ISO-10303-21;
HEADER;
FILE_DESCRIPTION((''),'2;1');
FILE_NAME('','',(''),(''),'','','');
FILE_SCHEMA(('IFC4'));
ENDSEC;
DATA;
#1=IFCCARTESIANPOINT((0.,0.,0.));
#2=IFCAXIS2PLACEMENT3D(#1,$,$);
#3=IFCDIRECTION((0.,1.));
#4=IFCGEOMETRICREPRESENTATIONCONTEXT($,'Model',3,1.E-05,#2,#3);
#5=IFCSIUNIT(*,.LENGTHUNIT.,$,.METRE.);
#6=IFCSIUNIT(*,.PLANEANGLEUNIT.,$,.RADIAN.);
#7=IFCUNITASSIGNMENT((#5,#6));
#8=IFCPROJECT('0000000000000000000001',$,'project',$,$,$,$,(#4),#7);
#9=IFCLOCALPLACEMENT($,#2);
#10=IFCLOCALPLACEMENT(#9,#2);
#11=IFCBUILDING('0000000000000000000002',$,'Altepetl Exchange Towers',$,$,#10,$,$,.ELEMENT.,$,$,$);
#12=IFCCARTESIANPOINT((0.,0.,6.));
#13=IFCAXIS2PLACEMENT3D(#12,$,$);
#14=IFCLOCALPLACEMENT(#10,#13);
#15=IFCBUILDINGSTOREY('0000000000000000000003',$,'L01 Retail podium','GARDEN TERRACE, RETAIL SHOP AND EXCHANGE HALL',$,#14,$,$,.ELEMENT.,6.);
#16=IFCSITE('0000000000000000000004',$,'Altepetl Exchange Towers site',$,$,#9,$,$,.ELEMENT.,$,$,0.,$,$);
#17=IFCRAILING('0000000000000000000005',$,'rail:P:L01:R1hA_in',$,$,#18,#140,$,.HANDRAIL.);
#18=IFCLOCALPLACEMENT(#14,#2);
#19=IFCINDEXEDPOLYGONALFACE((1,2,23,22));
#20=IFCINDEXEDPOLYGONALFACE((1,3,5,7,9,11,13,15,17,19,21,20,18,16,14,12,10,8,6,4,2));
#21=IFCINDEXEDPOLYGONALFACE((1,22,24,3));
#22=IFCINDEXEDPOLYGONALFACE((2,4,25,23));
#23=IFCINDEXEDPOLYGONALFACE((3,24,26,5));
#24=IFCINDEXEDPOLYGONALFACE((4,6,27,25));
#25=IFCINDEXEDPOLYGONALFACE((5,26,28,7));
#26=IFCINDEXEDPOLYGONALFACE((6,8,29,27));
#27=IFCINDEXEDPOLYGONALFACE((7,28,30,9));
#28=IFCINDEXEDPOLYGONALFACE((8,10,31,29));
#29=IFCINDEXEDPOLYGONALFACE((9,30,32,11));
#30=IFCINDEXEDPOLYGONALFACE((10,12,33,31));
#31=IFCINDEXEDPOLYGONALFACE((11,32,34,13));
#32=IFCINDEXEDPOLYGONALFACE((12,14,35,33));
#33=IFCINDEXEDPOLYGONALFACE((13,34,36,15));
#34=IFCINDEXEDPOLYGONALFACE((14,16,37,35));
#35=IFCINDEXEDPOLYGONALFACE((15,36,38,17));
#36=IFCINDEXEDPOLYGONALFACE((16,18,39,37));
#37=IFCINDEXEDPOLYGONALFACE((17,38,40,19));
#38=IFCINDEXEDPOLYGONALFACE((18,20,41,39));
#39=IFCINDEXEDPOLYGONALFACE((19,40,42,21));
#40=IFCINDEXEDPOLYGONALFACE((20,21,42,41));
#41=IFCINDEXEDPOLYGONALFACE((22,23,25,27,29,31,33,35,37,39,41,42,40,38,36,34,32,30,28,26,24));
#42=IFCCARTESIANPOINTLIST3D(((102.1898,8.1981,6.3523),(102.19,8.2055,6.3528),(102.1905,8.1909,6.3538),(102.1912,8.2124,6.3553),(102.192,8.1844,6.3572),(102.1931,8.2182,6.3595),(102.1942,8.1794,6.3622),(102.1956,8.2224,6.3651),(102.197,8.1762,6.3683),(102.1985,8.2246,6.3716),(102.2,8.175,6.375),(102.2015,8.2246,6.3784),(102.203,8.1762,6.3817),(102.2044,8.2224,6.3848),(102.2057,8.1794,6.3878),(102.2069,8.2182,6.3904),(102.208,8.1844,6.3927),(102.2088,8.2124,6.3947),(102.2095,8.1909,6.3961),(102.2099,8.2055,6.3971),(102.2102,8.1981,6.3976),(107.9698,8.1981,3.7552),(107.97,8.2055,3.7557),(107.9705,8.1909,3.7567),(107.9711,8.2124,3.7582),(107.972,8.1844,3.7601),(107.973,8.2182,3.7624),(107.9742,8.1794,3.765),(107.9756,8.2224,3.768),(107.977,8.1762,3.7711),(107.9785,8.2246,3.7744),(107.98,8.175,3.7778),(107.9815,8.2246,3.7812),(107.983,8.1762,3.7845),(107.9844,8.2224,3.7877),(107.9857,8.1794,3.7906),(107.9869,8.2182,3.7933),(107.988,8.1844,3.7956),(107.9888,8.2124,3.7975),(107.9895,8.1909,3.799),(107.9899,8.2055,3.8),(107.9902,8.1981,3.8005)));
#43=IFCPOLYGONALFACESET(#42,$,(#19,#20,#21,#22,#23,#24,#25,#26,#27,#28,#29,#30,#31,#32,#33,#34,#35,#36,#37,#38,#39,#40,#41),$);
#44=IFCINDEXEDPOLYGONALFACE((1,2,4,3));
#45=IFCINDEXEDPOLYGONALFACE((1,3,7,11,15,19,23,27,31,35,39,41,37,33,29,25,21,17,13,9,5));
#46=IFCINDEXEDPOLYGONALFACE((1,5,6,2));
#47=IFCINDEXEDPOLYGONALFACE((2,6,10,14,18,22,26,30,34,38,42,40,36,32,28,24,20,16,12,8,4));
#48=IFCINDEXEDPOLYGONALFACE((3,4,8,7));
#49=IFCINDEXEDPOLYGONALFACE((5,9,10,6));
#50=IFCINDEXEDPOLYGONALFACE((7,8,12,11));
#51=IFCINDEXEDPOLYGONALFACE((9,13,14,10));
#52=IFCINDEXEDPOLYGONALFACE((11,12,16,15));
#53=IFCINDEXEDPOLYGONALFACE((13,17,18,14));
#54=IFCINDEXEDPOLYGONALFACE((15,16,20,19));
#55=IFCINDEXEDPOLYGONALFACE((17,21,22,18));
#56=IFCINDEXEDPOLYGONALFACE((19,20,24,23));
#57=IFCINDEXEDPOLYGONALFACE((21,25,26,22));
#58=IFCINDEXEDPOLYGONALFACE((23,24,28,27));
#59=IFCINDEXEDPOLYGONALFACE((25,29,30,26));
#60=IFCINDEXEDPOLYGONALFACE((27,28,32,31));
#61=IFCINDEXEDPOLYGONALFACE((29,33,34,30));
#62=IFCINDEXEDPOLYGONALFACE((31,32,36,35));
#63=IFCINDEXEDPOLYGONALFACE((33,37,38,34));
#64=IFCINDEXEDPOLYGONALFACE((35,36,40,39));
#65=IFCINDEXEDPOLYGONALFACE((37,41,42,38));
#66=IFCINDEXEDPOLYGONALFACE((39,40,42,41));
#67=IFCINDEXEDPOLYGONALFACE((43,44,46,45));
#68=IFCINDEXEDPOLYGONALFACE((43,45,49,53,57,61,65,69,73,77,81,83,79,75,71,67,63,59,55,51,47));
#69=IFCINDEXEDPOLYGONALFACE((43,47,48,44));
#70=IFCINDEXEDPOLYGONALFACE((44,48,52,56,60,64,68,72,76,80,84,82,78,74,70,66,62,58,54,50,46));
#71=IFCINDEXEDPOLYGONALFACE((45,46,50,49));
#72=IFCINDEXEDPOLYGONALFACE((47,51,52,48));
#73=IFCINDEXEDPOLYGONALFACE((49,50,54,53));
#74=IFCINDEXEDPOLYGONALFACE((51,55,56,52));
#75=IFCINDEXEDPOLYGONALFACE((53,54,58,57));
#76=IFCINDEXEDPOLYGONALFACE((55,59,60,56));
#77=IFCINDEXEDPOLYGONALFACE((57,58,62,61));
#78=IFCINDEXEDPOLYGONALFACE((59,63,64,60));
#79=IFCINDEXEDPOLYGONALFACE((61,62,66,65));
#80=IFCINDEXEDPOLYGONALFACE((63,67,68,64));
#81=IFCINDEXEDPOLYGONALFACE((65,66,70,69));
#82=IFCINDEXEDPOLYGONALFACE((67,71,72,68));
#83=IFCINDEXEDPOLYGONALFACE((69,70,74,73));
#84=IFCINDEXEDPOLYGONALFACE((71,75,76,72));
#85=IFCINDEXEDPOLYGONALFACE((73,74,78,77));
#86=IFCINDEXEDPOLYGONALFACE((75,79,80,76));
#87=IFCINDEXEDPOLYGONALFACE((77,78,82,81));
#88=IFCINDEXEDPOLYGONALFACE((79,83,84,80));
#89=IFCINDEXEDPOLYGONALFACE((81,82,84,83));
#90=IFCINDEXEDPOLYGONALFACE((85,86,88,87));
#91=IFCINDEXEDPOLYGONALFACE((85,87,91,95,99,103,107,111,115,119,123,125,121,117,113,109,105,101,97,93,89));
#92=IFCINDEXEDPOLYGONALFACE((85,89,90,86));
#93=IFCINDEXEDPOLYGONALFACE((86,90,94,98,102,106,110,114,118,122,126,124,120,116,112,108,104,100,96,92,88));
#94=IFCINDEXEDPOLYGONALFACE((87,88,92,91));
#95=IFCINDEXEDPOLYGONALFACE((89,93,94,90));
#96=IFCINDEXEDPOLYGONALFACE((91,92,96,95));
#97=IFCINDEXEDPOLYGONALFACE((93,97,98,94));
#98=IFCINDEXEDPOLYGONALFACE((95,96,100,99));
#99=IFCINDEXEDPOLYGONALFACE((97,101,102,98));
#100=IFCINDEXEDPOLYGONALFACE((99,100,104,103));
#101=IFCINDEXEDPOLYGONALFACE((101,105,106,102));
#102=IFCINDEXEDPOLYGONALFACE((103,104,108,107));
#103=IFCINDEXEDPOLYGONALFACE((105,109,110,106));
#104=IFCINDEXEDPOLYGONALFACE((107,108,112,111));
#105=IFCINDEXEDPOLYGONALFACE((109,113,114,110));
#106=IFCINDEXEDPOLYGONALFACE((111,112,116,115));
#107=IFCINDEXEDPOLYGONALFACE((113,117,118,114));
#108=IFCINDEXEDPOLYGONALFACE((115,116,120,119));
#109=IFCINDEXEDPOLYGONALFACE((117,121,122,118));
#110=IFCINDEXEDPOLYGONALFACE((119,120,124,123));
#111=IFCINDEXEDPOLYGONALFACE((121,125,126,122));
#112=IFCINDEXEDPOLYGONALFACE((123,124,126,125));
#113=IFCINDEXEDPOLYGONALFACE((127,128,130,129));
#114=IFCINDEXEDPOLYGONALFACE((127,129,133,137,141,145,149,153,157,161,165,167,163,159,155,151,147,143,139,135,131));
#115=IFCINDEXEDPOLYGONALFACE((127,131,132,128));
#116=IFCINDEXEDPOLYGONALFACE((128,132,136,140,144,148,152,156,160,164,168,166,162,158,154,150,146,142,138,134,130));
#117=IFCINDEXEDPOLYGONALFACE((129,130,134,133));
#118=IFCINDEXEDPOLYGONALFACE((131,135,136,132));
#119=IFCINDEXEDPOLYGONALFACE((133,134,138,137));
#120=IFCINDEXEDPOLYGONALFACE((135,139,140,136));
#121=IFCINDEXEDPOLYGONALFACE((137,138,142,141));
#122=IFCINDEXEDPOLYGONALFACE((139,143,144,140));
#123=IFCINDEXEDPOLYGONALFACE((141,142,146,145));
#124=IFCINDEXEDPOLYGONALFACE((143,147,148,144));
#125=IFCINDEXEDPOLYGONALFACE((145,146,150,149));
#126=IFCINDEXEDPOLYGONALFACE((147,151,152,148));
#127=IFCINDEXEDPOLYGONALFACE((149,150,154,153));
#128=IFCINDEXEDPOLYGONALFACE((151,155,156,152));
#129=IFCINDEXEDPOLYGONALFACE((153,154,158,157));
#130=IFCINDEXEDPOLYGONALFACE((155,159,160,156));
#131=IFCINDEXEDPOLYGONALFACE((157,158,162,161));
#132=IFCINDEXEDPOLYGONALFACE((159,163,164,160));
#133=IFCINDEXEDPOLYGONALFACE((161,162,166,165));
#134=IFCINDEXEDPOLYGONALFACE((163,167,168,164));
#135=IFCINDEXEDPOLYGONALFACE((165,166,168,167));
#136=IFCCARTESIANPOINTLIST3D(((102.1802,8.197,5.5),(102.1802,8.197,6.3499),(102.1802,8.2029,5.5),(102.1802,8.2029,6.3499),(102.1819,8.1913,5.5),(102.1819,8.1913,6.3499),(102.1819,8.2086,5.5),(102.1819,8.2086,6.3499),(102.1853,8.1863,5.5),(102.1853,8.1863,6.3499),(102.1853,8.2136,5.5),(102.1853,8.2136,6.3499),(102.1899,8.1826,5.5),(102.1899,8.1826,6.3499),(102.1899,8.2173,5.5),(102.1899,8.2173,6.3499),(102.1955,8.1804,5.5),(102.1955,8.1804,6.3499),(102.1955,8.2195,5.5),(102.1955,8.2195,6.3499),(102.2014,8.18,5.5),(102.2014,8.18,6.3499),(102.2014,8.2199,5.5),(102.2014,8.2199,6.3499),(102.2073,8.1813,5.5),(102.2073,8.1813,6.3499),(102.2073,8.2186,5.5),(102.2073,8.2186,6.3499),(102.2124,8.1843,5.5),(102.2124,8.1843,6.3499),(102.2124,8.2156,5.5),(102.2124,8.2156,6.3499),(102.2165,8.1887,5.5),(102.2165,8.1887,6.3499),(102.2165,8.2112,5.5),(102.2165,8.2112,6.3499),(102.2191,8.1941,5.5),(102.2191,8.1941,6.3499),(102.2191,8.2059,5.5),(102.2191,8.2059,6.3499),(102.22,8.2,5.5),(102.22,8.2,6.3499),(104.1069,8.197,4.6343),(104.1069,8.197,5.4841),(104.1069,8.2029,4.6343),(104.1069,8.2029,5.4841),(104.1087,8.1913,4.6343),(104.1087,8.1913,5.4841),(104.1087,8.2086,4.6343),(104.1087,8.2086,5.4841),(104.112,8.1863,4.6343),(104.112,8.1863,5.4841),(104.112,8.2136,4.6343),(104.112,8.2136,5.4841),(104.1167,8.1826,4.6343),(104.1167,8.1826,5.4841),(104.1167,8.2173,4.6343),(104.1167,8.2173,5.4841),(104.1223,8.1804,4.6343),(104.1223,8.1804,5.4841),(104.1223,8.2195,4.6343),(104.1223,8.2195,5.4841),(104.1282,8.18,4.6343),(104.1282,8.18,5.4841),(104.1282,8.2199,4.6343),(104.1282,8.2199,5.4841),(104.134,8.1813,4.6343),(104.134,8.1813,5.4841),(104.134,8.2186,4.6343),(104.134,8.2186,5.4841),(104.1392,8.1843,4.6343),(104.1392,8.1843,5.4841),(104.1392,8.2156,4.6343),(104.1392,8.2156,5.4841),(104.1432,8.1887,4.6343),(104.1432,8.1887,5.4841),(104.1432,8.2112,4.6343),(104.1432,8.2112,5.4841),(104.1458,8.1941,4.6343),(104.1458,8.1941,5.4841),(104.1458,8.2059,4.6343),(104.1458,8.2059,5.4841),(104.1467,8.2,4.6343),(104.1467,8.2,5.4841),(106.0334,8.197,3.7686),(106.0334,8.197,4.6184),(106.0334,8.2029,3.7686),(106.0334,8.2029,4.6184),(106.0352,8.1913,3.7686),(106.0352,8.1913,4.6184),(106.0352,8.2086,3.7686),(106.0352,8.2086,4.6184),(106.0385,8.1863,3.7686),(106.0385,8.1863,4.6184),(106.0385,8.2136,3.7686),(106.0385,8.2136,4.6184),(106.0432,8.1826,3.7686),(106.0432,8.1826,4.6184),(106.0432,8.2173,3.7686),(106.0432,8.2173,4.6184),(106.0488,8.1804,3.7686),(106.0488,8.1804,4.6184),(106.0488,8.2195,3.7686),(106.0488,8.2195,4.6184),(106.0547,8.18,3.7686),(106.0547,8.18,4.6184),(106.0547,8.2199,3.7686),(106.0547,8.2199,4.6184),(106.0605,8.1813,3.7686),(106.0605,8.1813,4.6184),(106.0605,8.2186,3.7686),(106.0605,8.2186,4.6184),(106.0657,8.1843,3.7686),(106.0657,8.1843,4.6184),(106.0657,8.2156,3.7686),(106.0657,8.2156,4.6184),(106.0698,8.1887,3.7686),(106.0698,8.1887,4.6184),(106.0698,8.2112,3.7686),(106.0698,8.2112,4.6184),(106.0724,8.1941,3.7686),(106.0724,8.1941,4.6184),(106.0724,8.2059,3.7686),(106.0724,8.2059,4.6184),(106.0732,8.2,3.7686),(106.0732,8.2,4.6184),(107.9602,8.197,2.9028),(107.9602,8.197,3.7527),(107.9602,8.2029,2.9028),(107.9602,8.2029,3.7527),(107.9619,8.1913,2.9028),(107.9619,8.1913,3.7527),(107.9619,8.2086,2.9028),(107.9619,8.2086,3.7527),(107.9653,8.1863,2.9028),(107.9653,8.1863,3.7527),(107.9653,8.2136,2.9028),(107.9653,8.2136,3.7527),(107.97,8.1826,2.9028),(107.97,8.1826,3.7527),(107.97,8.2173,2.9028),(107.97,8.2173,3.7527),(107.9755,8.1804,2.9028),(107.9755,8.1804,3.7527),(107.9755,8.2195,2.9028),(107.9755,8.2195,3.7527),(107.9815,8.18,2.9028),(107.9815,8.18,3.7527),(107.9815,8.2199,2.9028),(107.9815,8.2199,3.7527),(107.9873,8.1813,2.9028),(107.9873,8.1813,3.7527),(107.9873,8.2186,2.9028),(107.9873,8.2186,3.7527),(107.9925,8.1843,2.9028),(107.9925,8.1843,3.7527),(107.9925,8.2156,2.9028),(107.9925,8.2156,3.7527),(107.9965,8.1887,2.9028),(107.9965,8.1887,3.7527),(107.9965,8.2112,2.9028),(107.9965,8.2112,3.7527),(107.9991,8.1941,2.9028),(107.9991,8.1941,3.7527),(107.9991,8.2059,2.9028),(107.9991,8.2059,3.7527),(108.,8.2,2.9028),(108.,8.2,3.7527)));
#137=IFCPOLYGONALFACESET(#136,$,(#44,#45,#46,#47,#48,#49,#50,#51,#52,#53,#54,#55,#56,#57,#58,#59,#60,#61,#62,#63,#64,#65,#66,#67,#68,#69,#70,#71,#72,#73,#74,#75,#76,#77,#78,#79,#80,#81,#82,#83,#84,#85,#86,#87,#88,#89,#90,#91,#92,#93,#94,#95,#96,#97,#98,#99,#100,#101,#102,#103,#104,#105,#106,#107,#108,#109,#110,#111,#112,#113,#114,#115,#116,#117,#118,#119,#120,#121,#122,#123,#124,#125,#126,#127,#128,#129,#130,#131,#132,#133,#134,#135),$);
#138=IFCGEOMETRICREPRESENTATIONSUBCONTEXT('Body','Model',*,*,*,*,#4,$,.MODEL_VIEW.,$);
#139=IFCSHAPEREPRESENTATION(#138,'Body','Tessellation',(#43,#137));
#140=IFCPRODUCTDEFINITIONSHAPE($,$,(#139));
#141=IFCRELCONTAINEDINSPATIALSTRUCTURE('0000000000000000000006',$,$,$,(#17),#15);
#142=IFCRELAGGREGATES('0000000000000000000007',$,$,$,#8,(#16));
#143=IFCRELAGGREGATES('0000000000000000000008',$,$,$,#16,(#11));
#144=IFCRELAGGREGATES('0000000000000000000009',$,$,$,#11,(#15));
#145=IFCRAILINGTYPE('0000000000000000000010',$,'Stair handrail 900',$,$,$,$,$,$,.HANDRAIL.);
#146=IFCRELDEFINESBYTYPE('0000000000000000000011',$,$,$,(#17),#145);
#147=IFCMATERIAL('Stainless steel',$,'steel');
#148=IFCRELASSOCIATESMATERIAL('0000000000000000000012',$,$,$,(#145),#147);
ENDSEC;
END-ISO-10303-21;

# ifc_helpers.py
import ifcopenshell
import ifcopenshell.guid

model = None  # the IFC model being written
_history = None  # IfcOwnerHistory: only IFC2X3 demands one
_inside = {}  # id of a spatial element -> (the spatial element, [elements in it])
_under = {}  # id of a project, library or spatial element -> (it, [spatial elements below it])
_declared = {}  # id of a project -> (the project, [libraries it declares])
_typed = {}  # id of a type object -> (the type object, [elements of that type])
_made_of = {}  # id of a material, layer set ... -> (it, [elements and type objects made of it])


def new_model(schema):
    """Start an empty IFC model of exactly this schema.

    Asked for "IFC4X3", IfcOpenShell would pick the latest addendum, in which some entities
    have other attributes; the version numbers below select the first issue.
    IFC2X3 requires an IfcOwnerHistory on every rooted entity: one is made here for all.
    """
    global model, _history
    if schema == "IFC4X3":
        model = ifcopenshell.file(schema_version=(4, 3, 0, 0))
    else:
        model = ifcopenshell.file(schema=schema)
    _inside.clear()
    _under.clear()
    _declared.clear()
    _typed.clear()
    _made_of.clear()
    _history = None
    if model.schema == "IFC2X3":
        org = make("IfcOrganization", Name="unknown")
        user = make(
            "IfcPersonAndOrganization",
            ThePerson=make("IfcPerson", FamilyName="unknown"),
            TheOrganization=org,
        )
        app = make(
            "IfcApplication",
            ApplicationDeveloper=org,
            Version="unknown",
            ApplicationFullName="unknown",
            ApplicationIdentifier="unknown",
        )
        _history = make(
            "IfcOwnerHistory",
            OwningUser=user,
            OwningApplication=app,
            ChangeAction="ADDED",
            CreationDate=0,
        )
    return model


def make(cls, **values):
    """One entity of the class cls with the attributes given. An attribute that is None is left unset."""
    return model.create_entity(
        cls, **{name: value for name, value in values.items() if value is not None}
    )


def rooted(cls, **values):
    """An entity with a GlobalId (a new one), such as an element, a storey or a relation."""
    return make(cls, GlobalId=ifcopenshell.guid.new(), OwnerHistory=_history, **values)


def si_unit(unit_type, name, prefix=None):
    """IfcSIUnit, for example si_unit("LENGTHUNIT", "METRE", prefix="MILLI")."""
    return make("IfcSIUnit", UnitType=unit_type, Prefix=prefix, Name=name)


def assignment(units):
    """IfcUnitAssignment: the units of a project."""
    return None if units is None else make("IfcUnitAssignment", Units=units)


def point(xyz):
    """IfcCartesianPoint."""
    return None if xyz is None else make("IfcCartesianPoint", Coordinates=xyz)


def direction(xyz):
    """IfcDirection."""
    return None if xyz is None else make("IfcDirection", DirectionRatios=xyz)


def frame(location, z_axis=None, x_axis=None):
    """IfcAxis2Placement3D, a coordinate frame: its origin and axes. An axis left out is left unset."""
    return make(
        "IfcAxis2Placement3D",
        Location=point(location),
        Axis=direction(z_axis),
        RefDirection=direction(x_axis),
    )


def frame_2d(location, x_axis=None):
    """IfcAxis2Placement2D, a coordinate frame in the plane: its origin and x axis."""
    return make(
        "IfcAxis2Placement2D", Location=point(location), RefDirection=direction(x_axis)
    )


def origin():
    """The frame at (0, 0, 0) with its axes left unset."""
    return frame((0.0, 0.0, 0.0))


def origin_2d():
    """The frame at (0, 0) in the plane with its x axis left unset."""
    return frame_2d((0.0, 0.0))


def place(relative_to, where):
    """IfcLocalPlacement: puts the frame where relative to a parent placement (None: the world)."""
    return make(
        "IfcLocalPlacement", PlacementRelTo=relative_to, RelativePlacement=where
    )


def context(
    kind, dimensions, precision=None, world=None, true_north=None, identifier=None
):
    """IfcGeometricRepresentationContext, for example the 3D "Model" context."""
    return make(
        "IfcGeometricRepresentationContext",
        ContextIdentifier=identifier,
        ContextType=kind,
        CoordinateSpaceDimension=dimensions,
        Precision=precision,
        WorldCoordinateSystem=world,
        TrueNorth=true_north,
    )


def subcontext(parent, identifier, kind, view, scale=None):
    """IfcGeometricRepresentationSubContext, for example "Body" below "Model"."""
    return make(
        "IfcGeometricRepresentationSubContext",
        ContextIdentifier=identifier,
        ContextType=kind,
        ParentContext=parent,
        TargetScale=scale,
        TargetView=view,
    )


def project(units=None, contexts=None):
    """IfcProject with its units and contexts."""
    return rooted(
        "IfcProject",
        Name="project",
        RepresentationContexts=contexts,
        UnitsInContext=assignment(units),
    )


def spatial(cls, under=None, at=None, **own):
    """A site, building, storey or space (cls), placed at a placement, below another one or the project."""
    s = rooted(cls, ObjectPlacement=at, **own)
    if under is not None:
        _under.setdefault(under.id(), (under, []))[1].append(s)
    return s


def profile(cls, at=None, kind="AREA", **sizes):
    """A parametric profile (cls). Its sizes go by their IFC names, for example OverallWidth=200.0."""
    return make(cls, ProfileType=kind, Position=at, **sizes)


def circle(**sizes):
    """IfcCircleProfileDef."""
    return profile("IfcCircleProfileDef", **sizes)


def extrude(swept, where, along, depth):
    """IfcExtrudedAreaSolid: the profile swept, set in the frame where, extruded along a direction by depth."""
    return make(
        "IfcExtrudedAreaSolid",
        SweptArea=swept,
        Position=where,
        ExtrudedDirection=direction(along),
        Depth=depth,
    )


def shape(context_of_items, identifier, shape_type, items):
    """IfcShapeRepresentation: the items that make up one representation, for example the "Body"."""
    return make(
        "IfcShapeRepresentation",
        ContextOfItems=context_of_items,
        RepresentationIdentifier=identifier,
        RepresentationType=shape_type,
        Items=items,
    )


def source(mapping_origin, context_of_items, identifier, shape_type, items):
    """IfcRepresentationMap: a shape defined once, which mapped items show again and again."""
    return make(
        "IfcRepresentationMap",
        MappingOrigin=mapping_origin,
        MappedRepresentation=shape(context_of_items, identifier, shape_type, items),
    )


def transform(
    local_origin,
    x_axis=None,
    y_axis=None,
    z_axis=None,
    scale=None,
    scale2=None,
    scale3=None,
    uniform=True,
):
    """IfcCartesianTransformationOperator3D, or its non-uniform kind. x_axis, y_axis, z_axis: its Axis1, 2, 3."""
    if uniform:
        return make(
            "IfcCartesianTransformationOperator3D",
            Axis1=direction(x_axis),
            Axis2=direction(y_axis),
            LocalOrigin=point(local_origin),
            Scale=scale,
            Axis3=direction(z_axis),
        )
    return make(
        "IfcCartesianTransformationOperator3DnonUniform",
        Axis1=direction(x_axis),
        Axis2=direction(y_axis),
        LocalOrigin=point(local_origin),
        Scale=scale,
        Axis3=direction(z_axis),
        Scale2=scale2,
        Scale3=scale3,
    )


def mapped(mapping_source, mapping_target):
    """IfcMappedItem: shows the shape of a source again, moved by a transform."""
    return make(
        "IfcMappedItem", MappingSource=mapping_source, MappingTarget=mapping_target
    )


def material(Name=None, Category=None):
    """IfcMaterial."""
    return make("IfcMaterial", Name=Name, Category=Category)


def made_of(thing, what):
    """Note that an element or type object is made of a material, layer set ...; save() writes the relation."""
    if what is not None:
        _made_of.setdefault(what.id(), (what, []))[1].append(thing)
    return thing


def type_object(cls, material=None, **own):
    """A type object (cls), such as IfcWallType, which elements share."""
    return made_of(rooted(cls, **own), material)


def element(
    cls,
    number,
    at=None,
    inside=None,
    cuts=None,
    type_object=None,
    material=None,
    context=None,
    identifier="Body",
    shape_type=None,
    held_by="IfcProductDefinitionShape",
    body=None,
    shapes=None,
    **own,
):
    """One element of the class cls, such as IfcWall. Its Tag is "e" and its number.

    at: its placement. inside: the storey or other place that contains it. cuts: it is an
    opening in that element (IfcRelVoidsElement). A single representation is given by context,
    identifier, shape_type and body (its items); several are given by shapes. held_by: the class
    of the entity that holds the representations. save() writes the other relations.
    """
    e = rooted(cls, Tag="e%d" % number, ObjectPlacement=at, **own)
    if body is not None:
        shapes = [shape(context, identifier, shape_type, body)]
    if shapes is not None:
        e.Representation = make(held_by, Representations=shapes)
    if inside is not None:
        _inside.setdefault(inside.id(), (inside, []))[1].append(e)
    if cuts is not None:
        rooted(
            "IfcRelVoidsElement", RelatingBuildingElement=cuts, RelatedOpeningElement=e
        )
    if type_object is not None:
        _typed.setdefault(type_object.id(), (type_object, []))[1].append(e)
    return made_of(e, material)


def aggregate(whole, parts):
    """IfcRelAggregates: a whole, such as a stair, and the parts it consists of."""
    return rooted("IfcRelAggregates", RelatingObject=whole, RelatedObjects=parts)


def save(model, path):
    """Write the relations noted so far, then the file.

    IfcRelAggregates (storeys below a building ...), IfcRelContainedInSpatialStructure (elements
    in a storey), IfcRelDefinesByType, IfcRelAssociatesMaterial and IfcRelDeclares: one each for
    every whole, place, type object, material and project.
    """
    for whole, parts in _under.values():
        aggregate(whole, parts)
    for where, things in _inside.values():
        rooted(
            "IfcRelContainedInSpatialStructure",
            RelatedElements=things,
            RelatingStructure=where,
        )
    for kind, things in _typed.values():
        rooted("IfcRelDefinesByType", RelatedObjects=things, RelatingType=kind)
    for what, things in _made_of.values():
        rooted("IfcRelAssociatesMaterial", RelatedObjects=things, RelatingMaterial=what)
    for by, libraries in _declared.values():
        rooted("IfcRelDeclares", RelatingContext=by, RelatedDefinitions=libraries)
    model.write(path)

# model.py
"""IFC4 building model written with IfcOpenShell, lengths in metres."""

from ifc_helpers import new_model, si_unit, direction, frame, origin, origin_2d, place, context, subcontext, project, spatial, circle, extrude, source, transform, mapped, material, type_object, element, save


model = new_model("IFC4")

# Units and contexts
model_context = context("Model", 3, precision=1e-05, world=origin(), true_north=direction((0.0, 1.0)))
body_context = subcontext(model_context, "Body", "Model", "MODEL_VIEW")
ifc_project = project(units=[si_unit("LENGTHUNIT", "METRE"), si_unit("PLANEANGLEUNIT", "RADIAN")], contexts=[model_context])

# Site, building, storey
site_placement = place(None, origin())
site = spatial("IfcSite", under=ifc_project, at=site_placement, Name="Altepetl Exchange Towers site", CompositionType="ELEMENT", RefElevation=0.0)
building_placement = place(site_placement, origin())
building = spatial("IfcBuilding", under=site, at=building_placement, Name="Altepetl Exchange Towers", CompositionType="ELEMENT")
storey_placement = place(building_placement, frame((0.0, 0.0, 6.0)))
storey = spatial("IfcBuildingStorey", under=building, at=storey_placement, Name="L01 Retail podium", Description="GARDEN TERRACE, RETAIL SHOP AND EXCHANGE HALL", CompositionType="ELEMENT", Elevation=6.0)

# Railing
ifc_material_1 = material(Name="Stainless steel", Category="steel")
railing_type_1 = type_object("IfcRailingType", Name="Stair handrail 900", PredefinedType="HANDRAIL", material=ifc_material_1)
shared_shape_1 = source(origin(), body_context, "Body", "SweptSolid", [
    extrude(circle(Radius=0.02, at=origin_2d()), origin(), (0.0, 0.0, 1.0), 0.8499),
])
for number, where, name in (
    (1, (107.98, 8.2, 2.9028), "rail:P:L01:R1hA_in"),
):
    element("IfcRailing", number, at=place(storey_placement, frame(where)), inside=storey, type_object=railing_type_1, Name=name, PredefinedType="HANDRAIL", context=body_context, shape_type="SweptSolid", body=[
        extrude(circle(Radius=0.0249, at=origin_2d()), frame((0.0, 0.0, 0.875), z_axis=(-0.912148, 0.0, 0.40986), x_axis=(0.0, -1.0, 0.0)), (0.0, 0.0, 1.0), 6.3367),
        mapped(shared_shape_1, transform((0.0, 0.0, 0.0))),
        mapped(shared_shape_1, transform((-1.9268, 0.0, 0.8657))),
        mapped(shared_shape_1, transform((-3.8533, 0.0, 1.7314))),
        mapped(shared_shape_1, transform((-5.78, 0.0, 2.5972))),
    ])

save(model, "model.ifc")
